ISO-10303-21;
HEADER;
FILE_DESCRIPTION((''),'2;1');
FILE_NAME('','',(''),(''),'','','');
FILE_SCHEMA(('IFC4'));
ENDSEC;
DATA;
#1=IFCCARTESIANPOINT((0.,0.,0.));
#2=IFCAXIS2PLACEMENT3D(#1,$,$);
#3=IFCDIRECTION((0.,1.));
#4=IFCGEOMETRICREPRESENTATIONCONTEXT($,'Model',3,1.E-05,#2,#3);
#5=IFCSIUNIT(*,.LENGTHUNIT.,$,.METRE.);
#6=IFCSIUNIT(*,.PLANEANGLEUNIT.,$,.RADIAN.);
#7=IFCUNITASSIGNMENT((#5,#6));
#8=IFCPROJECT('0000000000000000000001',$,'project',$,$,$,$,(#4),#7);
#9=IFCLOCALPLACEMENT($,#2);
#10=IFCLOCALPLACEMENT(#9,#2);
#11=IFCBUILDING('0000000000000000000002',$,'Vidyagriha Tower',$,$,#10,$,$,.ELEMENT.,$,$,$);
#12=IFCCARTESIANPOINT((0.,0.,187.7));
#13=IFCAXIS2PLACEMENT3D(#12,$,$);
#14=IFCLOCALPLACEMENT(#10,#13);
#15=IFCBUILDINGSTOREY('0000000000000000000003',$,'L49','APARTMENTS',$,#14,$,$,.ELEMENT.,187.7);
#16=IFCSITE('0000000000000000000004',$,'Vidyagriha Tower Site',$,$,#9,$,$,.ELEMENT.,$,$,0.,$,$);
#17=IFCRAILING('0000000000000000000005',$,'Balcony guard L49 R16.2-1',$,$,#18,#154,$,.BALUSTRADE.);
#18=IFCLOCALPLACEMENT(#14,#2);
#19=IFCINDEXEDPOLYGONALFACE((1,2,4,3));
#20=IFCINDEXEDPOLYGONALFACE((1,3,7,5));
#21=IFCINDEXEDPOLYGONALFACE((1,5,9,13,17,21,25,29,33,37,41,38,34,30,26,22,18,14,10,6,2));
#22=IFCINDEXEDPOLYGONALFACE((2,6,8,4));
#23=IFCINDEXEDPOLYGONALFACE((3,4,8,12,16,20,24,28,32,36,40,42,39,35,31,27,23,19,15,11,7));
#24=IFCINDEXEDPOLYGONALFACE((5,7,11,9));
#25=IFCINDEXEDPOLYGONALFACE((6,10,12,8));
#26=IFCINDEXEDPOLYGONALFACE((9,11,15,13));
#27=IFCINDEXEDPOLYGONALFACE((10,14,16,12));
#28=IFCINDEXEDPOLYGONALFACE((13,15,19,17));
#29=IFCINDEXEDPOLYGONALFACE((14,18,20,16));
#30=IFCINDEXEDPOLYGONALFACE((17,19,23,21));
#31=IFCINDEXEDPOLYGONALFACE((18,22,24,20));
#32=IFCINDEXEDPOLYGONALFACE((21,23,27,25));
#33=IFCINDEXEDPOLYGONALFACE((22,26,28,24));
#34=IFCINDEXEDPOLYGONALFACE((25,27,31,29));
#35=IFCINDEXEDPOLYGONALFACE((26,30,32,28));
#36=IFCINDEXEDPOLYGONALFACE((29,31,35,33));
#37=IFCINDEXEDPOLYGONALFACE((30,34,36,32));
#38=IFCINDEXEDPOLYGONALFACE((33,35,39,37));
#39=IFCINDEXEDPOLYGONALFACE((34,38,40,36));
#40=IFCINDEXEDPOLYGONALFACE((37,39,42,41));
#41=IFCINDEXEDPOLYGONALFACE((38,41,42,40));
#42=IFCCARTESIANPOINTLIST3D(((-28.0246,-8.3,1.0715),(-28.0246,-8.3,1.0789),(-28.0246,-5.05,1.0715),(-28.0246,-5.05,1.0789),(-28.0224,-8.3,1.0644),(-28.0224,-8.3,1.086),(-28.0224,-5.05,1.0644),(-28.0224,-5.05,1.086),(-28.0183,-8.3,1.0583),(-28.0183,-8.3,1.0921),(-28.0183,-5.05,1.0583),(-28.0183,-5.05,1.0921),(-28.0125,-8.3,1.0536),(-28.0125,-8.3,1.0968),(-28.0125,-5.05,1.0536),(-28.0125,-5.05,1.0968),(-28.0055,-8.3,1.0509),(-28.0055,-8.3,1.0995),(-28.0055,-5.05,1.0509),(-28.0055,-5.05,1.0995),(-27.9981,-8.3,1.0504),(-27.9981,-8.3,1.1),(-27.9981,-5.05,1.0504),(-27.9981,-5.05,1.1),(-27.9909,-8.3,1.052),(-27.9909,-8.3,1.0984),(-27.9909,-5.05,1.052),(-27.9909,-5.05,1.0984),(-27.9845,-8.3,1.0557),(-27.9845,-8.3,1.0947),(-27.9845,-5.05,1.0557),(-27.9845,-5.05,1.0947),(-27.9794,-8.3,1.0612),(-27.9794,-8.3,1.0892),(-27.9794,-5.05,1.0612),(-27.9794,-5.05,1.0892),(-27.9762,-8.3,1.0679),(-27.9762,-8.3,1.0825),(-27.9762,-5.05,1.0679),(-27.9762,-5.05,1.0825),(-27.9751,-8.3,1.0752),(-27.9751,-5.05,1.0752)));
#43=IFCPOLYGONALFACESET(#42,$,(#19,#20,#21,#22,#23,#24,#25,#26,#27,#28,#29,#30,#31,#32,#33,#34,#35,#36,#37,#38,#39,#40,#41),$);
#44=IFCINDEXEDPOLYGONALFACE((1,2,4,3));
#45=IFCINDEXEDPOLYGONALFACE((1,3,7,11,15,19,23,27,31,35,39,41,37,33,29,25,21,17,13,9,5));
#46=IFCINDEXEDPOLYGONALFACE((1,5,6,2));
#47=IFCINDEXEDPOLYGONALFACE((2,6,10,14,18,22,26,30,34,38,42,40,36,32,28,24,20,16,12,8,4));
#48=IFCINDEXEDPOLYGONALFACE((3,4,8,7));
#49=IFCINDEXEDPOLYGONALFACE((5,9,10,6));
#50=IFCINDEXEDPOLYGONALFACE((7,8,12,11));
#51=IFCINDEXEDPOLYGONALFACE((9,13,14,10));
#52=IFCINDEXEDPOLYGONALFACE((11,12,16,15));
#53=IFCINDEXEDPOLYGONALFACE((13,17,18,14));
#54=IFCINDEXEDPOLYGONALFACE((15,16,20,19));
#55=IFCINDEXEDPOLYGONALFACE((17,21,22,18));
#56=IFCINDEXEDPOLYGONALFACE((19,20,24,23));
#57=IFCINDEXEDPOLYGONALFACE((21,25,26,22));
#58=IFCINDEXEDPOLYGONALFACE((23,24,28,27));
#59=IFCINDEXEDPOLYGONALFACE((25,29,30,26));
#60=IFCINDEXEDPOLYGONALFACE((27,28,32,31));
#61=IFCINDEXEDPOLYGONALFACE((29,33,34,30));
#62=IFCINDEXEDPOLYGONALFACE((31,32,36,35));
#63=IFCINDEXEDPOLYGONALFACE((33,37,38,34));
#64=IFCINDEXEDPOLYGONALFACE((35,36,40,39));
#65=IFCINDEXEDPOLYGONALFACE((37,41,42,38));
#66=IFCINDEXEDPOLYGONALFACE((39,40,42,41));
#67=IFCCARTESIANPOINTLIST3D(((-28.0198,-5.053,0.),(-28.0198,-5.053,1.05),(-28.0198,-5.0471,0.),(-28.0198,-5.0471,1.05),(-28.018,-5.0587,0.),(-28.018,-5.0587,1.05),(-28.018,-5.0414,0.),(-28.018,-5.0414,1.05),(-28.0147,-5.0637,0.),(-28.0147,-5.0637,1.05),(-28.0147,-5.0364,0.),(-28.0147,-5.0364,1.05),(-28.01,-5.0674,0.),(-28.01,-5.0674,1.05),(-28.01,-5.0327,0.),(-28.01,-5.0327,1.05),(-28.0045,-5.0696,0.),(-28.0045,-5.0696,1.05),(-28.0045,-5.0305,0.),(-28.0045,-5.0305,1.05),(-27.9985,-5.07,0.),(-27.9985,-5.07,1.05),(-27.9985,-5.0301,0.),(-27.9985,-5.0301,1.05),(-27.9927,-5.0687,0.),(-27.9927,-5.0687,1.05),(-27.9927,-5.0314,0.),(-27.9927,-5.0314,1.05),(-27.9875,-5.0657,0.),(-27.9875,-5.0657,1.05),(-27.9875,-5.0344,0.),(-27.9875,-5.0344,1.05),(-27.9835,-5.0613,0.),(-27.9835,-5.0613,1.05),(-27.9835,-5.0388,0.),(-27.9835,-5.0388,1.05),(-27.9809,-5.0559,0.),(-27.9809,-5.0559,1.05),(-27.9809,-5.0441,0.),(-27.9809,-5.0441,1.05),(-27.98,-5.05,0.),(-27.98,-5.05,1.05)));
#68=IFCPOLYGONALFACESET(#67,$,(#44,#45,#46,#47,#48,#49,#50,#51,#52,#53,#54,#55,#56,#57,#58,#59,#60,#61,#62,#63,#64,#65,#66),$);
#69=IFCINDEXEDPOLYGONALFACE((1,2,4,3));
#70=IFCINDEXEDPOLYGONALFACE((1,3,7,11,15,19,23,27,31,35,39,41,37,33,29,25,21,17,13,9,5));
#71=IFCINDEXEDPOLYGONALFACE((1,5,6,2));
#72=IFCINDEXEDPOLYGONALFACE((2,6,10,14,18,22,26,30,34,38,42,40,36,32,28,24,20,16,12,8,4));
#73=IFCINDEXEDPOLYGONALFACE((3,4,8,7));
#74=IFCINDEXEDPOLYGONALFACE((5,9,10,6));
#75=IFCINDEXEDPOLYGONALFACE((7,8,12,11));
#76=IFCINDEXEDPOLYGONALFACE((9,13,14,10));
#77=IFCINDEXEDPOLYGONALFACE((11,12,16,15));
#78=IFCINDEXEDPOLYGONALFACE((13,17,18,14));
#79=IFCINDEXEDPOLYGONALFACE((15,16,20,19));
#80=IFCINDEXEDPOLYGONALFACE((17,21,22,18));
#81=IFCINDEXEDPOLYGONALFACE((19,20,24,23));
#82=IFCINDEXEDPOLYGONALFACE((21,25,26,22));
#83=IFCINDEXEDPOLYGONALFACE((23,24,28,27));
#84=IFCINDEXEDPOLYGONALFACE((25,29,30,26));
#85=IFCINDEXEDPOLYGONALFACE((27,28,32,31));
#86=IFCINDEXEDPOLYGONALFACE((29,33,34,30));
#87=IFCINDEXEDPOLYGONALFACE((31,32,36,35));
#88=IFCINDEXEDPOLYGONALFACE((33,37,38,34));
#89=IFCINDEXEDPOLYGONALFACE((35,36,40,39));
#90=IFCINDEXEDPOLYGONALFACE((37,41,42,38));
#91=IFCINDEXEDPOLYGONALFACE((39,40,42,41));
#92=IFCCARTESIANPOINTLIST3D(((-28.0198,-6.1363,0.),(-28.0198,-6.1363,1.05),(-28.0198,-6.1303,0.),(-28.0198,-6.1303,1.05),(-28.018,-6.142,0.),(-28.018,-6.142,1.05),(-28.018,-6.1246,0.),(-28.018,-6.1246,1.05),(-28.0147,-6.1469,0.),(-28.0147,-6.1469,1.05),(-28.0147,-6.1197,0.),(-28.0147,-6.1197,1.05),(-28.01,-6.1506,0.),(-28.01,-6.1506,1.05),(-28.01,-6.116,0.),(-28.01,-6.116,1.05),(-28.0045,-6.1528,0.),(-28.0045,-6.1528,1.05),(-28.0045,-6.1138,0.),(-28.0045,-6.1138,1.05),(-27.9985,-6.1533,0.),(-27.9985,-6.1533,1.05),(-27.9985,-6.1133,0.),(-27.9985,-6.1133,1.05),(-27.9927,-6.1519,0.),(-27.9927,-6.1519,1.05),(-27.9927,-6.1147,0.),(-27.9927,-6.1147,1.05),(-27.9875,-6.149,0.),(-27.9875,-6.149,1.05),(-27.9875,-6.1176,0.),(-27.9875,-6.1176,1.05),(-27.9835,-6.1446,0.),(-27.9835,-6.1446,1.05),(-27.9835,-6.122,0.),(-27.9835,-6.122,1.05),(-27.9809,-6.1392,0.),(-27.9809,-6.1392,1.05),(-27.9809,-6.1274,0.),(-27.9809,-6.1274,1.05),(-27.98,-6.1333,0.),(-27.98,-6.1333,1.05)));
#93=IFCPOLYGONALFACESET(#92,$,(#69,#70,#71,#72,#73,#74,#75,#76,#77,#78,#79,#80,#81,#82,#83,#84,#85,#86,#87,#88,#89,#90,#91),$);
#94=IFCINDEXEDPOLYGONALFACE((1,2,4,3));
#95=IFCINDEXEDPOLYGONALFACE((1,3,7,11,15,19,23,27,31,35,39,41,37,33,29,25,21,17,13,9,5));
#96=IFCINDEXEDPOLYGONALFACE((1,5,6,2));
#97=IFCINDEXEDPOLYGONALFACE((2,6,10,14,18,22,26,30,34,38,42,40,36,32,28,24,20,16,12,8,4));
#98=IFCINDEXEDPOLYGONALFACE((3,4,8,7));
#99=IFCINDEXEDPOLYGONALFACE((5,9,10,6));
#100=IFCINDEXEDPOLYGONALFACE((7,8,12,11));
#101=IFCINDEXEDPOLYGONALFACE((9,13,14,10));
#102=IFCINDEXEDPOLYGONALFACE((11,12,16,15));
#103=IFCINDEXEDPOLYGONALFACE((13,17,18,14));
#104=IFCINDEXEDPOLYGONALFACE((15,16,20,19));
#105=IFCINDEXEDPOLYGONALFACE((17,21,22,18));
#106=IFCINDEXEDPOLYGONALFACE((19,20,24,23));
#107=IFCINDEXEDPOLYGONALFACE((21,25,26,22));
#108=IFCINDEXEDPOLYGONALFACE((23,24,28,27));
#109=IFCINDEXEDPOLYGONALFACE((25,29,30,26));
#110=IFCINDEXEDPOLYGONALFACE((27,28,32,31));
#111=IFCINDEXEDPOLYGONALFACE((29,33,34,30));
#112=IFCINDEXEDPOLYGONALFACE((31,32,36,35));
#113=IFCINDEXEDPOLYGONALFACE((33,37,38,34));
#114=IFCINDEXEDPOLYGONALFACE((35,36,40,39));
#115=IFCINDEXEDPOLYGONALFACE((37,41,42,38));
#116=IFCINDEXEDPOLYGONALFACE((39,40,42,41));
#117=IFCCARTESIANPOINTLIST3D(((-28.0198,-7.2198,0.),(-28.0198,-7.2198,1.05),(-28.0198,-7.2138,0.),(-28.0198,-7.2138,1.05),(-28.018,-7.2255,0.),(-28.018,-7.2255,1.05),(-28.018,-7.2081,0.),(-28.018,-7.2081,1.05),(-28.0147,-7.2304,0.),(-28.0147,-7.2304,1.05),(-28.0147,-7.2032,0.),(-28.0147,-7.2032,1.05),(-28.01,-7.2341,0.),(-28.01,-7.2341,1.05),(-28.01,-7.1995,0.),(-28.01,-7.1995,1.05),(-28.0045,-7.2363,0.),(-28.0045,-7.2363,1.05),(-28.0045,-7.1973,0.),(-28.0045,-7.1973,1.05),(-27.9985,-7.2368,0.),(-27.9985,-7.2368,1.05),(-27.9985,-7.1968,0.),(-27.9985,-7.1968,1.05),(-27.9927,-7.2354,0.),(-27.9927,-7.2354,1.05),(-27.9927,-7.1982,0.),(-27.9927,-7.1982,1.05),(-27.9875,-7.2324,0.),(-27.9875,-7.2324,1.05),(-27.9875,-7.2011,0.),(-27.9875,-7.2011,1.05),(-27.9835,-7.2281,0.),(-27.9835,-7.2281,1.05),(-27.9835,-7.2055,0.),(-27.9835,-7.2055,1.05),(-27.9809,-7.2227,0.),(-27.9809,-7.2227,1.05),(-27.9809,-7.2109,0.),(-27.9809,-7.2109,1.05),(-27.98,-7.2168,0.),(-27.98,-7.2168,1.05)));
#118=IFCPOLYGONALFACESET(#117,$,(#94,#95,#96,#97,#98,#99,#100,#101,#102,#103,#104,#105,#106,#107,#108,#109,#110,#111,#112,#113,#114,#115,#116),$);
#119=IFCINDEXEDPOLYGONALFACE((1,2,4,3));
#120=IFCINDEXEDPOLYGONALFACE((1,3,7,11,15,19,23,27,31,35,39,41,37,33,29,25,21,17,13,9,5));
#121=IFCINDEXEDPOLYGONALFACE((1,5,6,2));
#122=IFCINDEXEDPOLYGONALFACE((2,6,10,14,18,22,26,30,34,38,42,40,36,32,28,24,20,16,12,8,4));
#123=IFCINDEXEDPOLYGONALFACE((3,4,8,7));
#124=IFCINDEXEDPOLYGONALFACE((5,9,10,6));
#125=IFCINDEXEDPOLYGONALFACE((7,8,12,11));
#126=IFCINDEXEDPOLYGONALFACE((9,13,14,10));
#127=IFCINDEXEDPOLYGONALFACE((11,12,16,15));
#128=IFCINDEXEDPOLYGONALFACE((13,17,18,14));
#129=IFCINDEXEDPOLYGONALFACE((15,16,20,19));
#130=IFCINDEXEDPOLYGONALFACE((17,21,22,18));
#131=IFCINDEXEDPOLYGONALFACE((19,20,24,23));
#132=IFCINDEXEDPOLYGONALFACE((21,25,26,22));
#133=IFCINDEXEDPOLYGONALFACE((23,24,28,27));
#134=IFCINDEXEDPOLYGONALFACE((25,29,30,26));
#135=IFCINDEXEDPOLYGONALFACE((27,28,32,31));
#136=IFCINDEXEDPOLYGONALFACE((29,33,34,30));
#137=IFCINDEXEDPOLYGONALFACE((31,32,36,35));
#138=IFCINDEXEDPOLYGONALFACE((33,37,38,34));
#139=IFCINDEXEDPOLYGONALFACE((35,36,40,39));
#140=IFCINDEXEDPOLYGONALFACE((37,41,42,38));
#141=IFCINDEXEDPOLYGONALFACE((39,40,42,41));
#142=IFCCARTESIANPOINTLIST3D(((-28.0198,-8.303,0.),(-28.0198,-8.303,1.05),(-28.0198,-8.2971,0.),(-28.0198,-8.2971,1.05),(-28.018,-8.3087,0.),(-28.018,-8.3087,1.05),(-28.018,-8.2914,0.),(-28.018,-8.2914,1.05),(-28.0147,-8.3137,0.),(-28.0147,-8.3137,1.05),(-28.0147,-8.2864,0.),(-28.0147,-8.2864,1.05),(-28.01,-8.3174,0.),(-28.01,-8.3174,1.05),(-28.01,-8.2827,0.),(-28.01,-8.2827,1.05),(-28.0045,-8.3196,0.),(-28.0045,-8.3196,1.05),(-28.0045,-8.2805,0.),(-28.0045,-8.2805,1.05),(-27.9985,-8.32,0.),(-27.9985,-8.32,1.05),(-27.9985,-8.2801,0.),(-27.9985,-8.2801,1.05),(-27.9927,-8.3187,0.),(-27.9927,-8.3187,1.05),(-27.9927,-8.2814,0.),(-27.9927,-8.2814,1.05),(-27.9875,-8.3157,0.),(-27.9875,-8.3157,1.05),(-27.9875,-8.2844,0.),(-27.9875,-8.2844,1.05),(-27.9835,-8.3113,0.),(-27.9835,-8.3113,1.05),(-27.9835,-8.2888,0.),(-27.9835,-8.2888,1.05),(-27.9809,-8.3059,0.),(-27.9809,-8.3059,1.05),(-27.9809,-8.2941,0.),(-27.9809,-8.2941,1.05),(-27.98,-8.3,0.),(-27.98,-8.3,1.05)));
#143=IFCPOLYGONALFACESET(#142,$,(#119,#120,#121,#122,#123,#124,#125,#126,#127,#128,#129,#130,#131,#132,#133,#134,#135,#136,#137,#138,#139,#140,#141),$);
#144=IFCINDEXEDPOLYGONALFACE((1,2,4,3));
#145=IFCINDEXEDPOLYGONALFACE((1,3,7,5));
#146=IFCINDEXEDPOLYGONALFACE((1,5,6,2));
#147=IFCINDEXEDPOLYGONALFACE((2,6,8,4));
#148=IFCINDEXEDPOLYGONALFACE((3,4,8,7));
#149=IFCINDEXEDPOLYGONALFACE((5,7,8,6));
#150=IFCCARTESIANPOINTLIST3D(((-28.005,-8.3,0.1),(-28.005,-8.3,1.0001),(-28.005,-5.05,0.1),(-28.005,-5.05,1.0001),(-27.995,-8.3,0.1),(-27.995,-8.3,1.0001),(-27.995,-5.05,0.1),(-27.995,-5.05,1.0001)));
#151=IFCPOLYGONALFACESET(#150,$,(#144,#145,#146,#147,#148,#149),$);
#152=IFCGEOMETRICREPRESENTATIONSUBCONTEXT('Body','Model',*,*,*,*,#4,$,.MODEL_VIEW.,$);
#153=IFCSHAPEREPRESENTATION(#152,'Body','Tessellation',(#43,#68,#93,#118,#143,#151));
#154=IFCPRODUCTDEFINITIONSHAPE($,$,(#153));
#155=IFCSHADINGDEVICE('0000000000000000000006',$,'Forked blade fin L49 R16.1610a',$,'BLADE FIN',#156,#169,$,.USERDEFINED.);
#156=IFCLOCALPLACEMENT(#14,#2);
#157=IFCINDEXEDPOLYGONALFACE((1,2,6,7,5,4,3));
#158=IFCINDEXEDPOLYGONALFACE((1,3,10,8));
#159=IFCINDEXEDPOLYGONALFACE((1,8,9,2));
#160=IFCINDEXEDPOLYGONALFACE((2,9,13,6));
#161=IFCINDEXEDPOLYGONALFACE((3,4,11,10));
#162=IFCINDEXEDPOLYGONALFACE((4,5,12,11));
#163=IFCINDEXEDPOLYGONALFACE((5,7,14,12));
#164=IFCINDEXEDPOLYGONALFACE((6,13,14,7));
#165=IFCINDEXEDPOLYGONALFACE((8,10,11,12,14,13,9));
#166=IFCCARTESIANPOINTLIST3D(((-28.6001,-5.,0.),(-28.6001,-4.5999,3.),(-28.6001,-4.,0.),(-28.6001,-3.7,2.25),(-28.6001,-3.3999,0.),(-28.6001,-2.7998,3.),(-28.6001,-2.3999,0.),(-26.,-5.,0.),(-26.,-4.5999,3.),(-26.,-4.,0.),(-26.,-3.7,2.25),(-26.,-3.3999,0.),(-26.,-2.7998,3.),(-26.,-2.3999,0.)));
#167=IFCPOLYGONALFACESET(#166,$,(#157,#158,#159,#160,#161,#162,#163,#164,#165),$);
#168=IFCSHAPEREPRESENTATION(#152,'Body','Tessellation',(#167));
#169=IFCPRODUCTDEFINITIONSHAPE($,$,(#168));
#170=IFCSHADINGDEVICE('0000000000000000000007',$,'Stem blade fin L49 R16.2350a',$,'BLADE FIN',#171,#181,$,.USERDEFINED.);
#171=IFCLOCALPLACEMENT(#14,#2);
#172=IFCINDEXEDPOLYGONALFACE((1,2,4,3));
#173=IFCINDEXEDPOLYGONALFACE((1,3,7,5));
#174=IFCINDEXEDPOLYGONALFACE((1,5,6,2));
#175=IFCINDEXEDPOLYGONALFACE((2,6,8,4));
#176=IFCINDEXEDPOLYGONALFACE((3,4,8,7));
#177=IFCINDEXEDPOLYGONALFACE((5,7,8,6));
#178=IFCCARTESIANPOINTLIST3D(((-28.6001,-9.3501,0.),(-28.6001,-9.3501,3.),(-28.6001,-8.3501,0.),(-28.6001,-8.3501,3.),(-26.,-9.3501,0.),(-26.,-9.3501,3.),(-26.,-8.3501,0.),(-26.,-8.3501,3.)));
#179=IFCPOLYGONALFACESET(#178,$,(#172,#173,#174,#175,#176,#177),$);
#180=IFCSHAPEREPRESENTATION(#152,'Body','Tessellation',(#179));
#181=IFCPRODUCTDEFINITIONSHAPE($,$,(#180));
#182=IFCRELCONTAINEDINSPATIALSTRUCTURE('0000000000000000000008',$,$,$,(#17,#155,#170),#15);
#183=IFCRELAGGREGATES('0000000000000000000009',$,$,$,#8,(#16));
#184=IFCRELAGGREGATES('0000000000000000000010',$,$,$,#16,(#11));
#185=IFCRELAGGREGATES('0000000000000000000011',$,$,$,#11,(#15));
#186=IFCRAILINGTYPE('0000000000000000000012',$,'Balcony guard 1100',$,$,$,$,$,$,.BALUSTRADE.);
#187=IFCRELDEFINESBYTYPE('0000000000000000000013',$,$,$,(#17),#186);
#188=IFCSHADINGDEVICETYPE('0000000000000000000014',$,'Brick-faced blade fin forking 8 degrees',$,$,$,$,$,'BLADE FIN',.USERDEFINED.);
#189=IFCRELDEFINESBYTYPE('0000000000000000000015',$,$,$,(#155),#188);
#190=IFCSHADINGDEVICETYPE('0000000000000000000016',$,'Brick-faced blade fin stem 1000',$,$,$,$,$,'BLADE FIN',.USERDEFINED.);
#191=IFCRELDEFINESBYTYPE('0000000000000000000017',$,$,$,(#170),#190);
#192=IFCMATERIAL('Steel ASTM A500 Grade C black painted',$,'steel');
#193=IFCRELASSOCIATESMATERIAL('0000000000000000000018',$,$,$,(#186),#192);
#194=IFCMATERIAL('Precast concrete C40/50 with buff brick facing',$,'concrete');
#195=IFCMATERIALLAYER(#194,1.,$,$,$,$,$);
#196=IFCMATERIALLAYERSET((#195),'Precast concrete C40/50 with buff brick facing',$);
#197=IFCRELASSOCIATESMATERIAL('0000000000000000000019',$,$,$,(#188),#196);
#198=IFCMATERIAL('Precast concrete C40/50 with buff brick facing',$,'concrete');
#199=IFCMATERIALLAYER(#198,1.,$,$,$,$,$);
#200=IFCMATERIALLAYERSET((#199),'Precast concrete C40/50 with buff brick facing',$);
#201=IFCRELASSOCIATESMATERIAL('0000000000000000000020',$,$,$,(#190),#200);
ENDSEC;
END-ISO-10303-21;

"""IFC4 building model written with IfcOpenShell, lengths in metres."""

from ifc_helpers import new_model, si_unit, direction, frame, origin, origin_2d, place, context, subcontext, project, spatial, polyline, rectangle, circle, outline, extrude, material, layer, layer_set, type_object, element, save


model = new_model("IFC4")

# Units and contexts
model_context = context("Model", 3, precision=1e-05, world=origin(), true_north=direction((0.0, 1.0)))
body_context = subcontext(model_context, "Body", "Model", "MODEL_VIEW")
ifc_project = project(units=[si_unit("LENGTHUNIT", "METRE"), si_unit("PLANEANGLEUNIT", "RADIAN")], contexts=[model_context])

# Site, building, storey
site_placement = place(None, origin())
site = spatial("IfcSite", under=ifc_project, at=site_placement, Name="Vidyagriha Tower Site", CompositionType="ELEMENT", RefElevation=0.0)
building_placement = place(site_placement, origin())
building = spatial("IfcBuilding", under=site, at=building_placement, Name="Vidyagriha Tower", CompositionType="ELEMENT")
storey_placement = place(building_placement, frame((0.0, 0.0, 187.7)))
storey = spatial("IfcBuildingStorey", under=building, at=storey_placement, Name="L49", Description="APARTMENTS", CompositionType="ELEMENT", Elevation=187.7)

# Railing
ifc_material_1 = material(Name="Steel ASTM A500 Grade C black painted", Category="steel")
railing_type_1 = type_object("IfcRailingType", Name="Balcony guard 1100", PredefinedType="BALUSTRADE", material=ifc_material_1)
railing_1_placement = place(storey_placement, frame((-28.0, -5.05, 0.0)))
element("IfcRailing", 1, at=railing_1_placement, inside=storey, type_object=railing_type_1, Name="Balcony guard L49 R16.2-1", PredefinedType="BALUSTRADE", context=body_context, shape_type="SweptSolid", body=[
    extrude(circle(Radius=0.0249, at=origin_2d()), frame((0.0, 0.0, 1.0752), z_axis=(0.0, -1.0, 0.0), x_axis=(1.0, 0.0, 0.0)), (0.0, 0.0, 1.0), 3.25),
    extrude(circle(Radius=0.02, at=origin_2d()), origin(), (0.0, 0.0, 1.0), 1.05),
    extrude(circle(Radius=0.02, at=origin_2d()), frame((0.0, -1.0833, 0.0)), (0.0, 0.0, 1.0), 1.05),
    extrude(circle(Radius=0.02, at=origin_2d()), frame((0.0, -2.1667, 0.0)), (0.0, 0.0, 1.0), 1.05),
    extrude(circle(Radius=0.02, at=origin_2d()), frame((0.0, -3.25, 0.0)), (0.0, 0.0, 1.0), 1.05),
    extrude(rectangle(XDim=0.01, YDim=0.9001, at=origin_2d()), frame((0.0, 0.0, 0.55), z_axis=(0.0, -1.0, 0.0), x_axis=(1.0, 0.0, 0.0)), (0.0, 0.0, 1.0), 3.25),
])

# Shading devices
ifc_material_2 = material(Name="Precast concrete C40/50 with buff brick facing", Category="concrete")
ifc_layer_1 = layer(ifc_material_2, 1.0)
ifc_layer_set_1 = layer_set([ifc_layer_1], Name="Precast concrete C40/50 with buff brick facing")
shading_device_type_1 = type_object("IfcShadingDeviceType", Name="Brick-faced blade fin forking 8 degrees", ElementType="BLADE FIN", PredefinedType="USERDEFINED", material=ifc_layer_set_1)
shading_device_1_placement = place(storey_placement, frame((-27.3, -2.3999, 0.0), z_axis=(0.0, 0.0, 1.0), x_axis=(0.0, -1.0, 0.0)))
element("IfcShadingDevice", 2, at=shading_device_1_placement, inside=storey, type_object=shading_device_type_1, Name="Forked blade fin L49 R16.1610a", ObjectType="BLADE FIN", PredefinedType="USERDEFINED", context=body_context, shape_type="SweptSolid", body=[
    extrude(outline(polyline([(1.0, 0.0), (1.3, 2.25), (1.6001, 0.0), (2.6001, 0.0), (2.2, 3.0), (0.3999, 3.0), (0.0, 0.0), (1.0, 0.0)])), frame((0.0, 1.3, 0.0), z_axis=(0.0, -1.0, 0.0), x_axis=(1.0, 0.0, 0.0)), (0.0, 0.0, 1.0), 2.6001),
])
ifc_material_3 = material(Name="Precast concrete C40/50 with buff brick facing", Category="concrete")
ifc_layer_2 = layer(ifc_material_3, 1.0)
ifc_layer_set_2 = layer_set([ifc_layer_2], Name="Precast concrete C40/50 with buff brick facing")
shading_device_type_2 = type_object("IfcShadingDeviceType", Name="Brick-faced blade fin stem 1000", ElementType="BLADE FIN", PredefinedType="USERDEFINED", material=ifc_layer_set_2)
shading_device_2_placement = place(storey_placement, frame((-27.3, -8.3501, 0.0), z_axis=(0.0, 0.0, 1.0), x_axis=(0.0, -1.0, 0.0)))
element("IfcShadingDevice", 3, at=shading_device_2_placement, inside=storey, type_object=shading_device_type_2, Name="Stem blade fin L49 R16.2350a", ObjectType="BLADE FIN", PredefinedType="USERDEFINED", context=body_context, shape_type="SweptSolid", body=[
    extrude(outline(polyline([(0.0, 0.0), (1.0, 0.0), (1.0, 3.0), (0.0, 3.0), (0.0, 0.0)])), frame((0.0, 1.3, 0.0), z_axis=(0.0, -1.0, 0.0), x_axis=(1.0, 0.0, 0.0)), (0.0, 0.0, 1.0), 2.6001),
])

save(model, "model.ifc")
